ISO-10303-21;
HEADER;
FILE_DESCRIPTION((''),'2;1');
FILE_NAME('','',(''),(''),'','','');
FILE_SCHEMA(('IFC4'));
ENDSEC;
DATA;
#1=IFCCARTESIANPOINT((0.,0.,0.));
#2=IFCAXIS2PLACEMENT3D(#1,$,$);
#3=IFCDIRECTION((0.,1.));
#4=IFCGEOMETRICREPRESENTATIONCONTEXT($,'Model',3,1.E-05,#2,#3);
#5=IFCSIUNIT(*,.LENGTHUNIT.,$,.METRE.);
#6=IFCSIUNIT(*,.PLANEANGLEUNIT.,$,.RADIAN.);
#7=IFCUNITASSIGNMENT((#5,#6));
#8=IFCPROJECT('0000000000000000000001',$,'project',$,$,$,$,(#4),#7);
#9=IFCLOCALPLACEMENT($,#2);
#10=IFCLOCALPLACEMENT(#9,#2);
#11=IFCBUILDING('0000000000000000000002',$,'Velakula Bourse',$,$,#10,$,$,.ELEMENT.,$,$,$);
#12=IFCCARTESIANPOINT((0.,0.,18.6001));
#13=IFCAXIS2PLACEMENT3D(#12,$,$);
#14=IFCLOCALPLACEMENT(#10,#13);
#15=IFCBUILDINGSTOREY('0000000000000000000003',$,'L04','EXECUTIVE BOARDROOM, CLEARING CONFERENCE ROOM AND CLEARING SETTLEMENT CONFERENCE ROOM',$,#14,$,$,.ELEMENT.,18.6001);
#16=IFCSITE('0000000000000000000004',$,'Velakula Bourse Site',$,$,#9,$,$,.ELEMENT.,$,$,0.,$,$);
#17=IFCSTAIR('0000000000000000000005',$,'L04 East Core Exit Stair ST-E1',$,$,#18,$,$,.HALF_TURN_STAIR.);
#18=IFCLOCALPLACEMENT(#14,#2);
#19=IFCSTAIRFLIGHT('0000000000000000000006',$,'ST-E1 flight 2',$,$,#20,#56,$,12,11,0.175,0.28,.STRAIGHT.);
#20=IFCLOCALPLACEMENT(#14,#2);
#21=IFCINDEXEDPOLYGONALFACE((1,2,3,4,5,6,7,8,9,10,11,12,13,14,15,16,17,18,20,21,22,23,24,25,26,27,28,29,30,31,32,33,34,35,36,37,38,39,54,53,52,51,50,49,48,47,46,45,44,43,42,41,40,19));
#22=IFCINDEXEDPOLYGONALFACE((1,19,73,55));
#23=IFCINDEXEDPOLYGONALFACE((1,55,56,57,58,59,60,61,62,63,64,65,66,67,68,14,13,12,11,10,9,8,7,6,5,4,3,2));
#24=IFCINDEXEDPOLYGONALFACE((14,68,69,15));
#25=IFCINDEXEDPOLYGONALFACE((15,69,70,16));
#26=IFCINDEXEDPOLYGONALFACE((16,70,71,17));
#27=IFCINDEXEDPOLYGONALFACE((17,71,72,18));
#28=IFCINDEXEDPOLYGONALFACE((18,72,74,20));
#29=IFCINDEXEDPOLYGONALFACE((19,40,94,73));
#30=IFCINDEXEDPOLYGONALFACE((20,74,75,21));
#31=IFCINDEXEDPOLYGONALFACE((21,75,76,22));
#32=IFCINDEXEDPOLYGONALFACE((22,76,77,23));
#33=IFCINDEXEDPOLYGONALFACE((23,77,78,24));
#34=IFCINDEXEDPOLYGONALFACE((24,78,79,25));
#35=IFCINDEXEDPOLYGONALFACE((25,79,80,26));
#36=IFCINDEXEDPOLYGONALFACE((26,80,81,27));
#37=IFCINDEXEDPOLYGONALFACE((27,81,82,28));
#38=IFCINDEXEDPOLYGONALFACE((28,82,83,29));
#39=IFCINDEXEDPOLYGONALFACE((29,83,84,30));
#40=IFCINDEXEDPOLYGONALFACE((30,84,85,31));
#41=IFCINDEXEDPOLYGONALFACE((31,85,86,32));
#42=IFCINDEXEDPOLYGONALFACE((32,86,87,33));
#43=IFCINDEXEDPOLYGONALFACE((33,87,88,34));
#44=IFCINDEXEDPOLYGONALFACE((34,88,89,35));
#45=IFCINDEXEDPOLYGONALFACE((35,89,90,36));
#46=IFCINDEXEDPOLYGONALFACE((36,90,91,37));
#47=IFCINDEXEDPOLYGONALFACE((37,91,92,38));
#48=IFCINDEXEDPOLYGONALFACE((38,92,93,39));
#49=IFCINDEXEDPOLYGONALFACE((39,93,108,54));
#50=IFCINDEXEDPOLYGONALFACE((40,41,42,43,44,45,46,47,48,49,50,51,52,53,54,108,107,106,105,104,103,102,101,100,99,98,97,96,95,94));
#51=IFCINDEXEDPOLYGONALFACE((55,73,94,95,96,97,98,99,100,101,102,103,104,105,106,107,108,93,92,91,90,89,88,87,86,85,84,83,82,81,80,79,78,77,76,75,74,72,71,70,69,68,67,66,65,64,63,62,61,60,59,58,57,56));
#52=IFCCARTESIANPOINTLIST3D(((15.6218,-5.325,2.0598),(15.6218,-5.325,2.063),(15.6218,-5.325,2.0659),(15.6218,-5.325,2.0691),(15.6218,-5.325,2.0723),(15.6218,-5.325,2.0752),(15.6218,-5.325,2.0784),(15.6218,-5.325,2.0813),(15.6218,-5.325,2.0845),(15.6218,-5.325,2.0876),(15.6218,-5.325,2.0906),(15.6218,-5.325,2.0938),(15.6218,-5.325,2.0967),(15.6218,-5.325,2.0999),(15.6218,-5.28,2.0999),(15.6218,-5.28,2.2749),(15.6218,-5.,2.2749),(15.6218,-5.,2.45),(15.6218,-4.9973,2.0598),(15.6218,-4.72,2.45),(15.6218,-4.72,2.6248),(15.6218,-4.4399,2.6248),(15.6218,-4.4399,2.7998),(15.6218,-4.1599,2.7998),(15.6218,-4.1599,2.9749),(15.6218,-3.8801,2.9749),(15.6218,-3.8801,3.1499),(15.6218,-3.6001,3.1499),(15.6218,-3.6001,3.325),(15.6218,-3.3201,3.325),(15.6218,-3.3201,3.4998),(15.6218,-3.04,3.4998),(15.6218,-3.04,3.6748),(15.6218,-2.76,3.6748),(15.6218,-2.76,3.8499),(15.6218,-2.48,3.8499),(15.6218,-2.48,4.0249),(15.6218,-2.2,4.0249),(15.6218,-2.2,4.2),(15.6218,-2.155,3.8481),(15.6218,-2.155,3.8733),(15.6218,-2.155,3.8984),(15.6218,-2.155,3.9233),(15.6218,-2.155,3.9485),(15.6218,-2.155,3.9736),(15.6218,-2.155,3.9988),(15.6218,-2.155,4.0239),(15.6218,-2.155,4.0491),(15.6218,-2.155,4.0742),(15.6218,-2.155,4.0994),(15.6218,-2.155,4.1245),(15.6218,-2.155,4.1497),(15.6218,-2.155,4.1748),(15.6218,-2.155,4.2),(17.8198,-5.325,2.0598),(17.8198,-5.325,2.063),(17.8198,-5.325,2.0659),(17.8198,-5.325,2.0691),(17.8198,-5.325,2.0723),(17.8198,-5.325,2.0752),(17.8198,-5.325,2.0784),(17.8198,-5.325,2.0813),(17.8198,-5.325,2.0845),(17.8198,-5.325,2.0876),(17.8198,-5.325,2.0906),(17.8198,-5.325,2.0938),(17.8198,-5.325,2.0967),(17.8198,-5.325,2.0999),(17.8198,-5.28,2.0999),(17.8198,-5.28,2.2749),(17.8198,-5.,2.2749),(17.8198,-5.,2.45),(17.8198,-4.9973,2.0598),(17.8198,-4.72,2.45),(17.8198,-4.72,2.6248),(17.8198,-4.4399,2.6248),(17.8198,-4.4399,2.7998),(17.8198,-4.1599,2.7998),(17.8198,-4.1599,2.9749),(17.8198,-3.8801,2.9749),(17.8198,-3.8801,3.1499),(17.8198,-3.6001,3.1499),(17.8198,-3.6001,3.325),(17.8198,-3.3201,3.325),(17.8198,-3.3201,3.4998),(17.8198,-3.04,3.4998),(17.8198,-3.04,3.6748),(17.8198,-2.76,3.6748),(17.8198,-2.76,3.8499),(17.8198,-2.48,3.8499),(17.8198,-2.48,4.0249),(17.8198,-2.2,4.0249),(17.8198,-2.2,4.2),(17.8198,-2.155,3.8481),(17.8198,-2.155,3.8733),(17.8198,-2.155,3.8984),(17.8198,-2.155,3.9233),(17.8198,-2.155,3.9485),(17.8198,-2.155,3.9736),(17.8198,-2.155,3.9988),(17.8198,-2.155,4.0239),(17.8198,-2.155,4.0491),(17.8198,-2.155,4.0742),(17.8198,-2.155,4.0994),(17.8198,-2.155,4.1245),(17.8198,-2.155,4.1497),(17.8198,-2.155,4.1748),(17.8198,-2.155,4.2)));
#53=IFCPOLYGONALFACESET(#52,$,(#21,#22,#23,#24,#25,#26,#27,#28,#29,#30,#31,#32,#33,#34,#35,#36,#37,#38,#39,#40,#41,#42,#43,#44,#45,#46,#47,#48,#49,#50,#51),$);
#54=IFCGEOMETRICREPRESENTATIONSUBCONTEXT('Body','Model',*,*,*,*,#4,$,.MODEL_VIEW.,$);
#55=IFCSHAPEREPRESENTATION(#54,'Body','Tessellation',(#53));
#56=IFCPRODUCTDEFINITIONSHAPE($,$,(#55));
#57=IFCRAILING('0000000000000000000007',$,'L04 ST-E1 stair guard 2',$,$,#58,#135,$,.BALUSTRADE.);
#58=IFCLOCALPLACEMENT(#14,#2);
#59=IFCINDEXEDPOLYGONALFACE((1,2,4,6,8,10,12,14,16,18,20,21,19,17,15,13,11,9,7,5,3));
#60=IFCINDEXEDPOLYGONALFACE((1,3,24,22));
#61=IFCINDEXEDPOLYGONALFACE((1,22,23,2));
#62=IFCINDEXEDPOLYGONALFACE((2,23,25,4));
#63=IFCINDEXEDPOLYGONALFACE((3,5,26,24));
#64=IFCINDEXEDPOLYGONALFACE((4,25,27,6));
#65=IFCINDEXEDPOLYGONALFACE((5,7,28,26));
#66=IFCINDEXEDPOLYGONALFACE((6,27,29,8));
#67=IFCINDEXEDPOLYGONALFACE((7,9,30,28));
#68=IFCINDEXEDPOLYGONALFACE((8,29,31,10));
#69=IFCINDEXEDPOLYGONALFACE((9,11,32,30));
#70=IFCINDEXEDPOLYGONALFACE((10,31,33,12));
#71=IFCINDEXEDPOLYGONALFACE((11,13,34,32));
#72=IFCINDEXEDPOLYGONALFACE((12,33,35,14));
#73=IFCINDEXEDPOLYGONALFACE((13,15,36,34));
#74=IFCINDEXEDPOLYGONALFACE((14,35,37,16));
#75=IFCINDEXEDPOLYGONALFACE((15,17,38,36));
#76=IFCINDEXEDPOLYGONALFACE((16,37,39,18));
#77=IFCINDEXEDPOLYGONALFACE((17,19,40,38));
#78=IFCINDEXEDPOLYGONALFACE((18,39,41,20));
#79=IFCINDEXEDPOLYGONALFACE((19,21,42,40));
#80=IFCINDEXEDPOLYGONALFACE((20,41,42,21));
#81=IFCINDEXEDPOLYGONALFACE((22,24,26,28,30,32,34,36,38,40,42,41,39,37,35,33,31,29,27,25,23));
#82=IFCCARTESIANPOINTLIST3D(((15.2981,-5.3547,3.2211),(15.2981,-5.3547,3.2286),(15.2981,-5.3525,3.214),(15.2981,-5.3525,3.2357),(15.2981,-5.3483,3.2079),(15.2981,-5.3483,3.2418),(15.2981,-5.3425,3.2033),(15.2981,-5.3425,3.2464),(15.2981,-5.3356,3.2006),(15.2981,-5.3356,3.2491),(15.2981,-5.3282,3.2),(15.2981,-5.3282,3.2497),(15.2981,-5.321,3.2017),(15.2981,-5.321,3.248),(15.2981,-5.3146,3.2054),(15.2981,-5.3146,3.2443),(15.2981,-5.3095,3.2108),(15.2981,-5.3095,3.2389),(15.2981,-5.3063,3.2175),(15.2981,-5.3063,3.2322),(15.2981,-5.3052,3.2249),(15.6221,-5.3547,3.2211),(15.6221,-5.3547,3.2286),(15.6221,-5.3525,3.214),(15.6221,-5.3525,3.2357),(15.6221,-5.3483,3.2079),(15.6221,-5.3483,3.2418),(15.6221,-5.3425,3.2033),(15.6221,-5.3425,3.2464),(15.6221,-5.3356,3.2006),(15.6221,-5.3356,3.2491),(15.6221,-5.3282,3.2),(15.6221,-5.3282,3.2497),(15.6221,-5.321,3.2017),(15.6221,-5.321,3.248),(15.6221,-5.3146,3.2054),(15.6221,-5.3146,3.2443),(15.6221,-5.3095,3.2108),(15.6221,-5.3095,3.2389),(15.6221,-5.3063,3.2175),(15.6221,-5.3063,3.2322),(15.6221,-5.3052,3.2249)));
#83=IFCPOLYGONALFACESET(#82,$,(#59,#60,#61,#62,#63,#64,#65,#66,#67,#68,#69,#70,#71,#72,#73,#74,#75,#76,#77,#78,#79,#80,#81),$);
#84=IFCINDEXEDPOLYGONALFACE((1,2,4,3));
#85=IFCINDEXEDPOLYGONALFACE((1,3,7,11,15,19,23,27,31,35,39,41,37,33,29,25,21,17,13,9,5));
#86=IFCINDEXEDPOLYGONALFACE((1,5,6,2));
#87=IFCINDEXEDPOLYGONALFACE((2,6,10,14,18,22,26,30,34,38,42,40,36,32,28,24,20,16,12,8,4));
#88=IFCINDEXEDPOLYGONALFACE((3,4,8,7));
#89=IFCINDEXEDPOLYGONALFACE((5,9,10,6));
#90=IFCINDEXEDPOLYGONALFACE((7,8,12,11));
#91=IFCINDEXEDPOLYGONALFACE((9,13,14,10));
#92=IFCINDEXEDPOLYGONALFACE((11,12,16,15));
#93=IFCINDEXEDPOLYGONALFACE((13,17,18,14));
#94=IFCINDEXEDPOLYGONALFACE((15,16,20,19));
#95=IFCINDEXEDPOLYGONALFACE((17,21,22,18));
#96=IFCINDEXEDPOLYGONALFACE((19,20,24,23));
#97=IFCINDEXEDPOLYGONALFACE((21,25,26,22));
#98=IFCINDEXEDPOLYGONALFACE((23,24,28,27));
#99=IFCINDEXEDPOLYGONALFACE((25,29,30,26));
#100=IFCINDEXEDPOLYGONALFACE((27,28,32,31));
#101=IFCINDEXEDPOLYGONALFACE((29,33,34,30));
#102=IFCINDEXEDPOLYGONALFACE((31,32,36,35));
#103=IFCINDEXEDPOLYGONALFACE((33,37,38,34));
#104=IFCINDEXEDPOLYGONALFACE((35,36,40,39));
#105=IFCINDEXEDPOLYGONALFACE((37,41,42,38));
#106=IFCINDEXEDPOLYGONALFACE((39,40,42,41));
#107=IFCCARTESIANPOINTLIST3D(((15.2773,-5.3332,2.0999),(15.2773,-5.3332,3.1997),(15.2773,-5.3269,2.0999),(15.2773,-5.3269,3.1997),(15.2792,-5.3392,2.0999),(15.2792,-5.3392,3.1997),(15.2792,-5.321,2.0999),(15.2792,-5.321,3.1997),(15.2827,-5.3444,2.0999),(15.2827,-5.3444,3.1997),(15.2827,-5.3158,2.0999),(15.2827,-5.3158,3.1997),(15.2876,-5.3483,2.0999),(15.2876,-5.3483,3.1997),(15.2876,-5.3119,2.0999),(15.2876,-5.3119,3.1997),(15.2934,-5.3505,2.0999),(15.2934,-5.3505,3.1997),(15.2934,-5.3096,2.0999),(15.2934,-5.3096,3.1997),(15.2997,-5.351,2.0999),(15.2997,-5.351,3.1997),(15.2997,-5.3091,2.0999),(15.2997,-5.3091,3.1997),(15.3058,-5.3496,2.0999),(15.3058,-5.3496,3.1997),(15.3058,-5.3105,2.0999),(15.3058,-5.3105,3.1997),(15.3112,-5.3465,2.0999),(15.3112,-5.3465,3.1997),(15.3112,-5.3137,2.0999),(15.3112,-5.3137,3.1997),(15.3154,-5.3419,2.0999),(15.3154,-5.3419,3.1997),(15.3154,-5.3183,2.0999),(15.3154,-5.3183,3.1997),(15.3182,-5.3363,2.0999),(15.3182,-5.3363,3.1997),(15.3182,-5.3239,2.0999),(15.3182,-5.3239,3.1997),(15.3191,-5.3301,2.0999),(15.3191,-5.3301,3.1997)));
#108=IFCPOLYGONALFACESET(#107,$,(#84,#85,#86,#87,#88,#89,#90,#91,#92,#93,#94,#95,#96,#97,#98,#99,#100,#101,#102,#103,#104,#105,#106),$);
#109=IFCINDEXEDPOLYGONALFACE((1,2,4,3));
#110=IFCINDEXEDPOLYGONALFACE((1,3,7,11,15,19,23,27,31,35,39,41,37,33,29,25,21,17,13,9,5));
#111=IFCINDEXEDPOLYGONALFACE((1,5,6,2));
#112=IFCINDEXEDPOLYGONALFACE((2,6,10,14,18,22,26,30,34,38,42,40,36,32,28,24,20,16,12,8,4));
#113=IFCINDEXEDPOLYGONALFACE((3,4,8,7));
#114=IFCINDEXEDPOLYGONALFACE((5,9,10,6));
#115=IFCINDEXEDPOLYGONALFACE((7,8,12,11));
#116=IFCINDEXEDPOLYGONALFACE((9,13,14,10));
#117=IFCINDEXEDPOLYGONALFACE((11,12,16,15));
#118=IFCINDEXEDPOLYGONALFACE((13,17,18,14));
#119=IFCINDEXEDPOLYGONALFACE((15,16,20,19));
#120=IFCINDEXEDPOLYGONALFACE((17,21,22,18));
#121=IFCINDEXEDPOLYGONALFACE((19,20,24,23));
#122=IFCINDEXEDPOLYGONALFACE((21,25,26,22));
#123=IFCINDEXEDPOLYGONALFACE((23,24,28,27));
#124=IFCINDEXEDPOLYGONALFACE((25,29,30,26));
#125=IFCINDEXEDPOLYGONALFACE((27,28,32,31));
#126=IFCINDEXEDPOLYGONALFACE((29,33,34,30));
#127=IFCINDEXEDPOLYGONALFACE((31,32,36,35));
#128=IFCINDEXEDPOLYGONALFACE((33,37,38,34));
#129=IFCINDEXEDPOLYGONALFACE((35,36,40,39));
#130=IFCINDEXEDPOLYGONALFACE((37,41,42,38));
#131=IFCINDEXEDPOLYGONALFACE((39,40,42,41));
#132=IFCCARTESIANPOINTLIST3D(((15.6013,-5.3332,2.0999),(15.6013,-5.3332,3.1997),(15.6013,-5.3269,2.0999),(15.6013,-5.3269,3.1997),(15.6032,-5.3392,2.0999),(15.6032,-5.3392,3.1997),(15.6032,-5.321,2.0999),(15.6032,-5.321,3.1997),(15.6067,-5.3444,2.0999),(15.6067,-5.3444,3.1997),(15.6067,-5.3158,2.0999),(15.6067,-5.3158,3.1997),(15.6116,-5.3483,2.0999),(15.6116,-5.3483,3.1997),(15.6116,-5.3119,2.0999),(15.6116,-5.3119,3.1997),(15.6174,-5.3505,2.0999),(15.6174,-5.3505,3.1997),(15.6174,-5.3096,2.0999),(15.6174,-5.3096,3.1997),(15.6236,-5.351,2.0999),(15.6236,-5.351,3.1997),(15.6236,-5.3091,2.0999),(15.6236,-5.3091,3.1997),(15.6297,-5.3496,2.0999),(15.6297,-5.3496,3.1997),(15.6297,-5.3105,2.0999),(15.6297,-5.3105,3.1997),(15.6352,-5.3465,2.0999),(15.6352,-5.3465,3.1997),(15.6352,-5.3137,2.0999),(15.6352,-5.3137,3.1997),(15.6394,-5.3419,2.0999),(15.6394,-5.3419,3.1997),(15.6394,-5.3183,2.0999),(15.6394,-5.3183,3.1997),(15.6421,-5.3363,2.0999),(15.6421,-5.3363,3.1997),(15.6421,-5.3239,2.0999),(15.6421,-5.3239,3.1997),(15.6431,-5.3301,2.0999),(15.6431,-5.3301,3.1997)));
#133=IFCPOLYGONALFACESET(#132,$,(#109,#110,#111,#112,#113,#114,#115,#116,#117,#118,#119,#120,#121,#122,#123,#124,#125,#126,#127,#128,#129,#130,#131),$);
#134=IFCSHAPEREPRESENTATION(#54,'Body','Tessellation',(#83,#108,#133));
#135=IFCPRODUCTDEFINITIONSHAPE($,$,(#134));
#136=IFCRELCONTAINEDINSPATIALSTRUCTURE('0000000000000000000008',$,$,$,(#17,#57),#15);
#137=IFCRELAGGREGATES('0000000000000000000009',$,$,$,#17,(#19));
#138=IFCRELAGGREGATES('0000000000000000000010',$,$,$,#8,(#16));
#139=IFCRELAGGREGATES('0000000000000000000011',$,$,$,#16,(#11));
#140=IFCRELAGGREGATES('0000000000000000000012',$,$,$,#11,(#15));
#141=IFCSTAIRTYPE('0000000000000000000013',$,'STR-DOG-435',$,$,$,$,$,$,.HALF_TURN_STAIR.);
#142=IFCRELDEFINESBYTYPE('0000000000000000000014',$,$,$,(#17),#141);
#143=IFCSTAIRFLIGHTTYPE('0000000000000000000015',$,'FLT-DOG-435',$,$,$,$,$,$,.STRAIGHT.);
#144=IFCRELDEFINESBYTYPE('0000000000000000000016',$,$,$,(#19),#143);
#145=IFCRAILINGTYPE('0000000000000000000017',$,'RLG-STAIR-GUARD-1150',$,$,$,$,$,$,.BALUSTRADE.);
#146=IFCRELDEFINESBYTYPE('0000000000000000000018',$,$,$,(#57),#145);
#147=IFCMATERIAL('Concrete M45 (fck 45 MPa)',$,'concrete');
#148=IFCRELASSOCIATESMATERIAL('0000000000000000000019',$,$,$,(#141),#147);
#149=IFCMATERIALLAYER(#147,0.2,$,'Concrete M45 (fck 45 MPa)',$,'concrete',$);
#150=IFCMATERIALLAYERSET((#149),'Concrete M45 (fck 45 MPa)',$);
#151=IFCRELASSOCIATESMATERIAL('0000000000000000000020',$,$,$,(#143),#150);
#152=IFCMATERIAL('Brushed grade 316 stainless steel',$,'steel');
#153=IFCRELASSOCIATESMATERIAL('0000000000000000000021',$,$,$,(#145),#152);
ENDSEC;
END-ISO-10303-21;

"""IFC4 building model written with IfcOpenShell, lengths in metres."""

from ifc_helpers import new_model, si_unit, direction, frame, origin, origin_2d, place, context, subcontext, project, spatial, polyline, circle, outline, extrude, material, layer, layer_set, type_object, element, aggregate, save


model = new_model("IFC4")

# Units and contexts
model_context = context("Model", 3, precision=1e-05, world=origin(), true_north=direction((0.0, 1.0)))
body_context = subcontext(model_context, "Body", "Model", "MODEL_VIEW")
ifc_project = project(units=[si_unit("LENGTHUNIT", "METRE"), si_unit("PLANEANGLEUNIT", "RADIAN")], contexts=[model_context])

# Site, building, storey
site_placement = place(None, origin())
site = spatial("IfcSite", under=ifc_project, at=site_placement, Name="Velakula Bourse Site", CompositionType="ELEMENT", RefElevation=0.0)
building_placement = place(site_placement, origin())
building = spatial("IfcBuilding", under=site, at=building_placement, Name="Velakula Bourse", CompositionType="ELEMENT")
storey_placement = place(building_placement, frame((0.0, 0.0, 18.6001)))
storey = spatial("IfcBuildingStorey", under=building, at=storey_placement, Name="L04", Description="EXECUTIVE BOARDROOM, CLEARING CONFERENCE ROOM AND CLEARING SETTLEMENT CONFERENCE ROOM", CompositionType="ELEMENT", Elevation=18.6001)

# Shared definitions
ifc_material_1 = material(Name="Brushed grade 316 stainless steel", Category="steel")

# Stair, stair flight
ifc_material_2 = material(Name="Concrete M45 (fck 45 MPa)", Category="concrete")
stair_type = type_object("IfcStairType", Name="STR-DOG-435", PredefinedType="HALF_TURN_STAIR", material=ifc_material_2)
stair_placement = place(storey_placement, origin())
stair = element("IfcStair", 1, at=stair_placement, inside=storey, type_object=stair_type, Name="L04 East Core Exit Stair ST-E1", PredefinedType="HALF_TURN_STAIR")
ifc_layer_1 = layer(ifc_material_2, 0.2, Name="Concrete M45 (fck 45 MPa)", Category="concrete")
ifc_layer_set_1 = layer_set([ifc_layer_1], Name="Concrete M45 (fck 45 MPa)")
stair_flight_type = type_object("IfcStairFlightType", Name="FLT-DOG-435", PredefinedType="STRAIGHT", material=ifc_layer_set_1)
stair_flight_placement = place(storey_placement, frame((16.7209, -5.28, 2.0999), z_axis=(0.0, 0.0, 1.0), x_axis=(0.0, 1.0, 0.0)))
stair_flight = element("IfcStairFlight", 2, at=stair_flight_placement, type_object=stair_flight_type, Name="ST-E1 flight 2", NumberOfRisers=12, NumberOfTreads=11, PredefinedType="STRAIGHT", RiserHeight=0.175, TreadLength=0.28, context=body_context, shape_type="SweptSolid", body=[
    extrude(outline(polyline([(-0.0449, -0.04), (-0.0449, -0.0369), (-0.0449, -0.0339), (-0.0449, -0.0308), (-0.0449, -0.0276), (-0.0449, -0.0247), (-0.0449, -0.0215), (-0.0449, -0.0186), (-0.0449, -0.0154), (-0.0449, -0.0122), (-0.0449, -0.0093), (-0.0449, -0.0061), (-0.0449, -0.0032), (-0.0449, 0.0), (0.0, 0.0), (0.0, 0.175), (0.28, 0.175), (0.28, 0.3501), (0.5601, 0.3501), (0.5601, 0.5249), (0.8401, 0.5249), (0.8401, 0.7), (1.1201, 0.7), (1.1201, 0.875), (1.3999, 0.875), (1.3999, 1.05), (1.6799, 1.05), (1.6799, 1.2251), (1.96, 1.2251), (1.96, 1.3999), (2.24, 1.3999), (2.24, 1.575), (2.52, 1.575), (2.52, 1.75), (2.8, 1.75), (2.8, 1.925), (3.0801, 1.925), (3.0801, 2.1001), (3.125, 2.1001), (3.125, 2.075), (3.125, 2.0498), (3.125, 2.0247), (3.125, 1.9995), (3.125, 1.9744), (3.125, 1.9492), (3.125, 1.9241), (3.125, 1.8989), (3.125, 1.8738), (3.125, 1.8486), (3.125, 1.8235), (3.125, 1.7986), (3.125, 1.7734), (3.125, 1.7483), (0.2827, -0.04), (-0.0449, -0.04)])), frame((0.0, 1.0991, 0.0), z_axis=(0.0, -1.0, 0.0), x_axis=(1.0, 0.0, 0.0)), (0.0, 0.0, 1.0), 2.198),
])
aggregate(stair, [stair_flight])

# Railing
railing_type_1 = type_object("IfcRailingType", Name="RLG-STAIR-GUARD-1150", PredefinedType="BALUSTRADE", material=ifc_material_1)
railing_1_placement = place(storey_placement, frame((15.2981, -5.3301, 2.0999)))
element("IfcRailing", 3, at=railing_1_placement, inside=storey, type_object=railing_type_1, Name="L04 ST-E1 stair guard 2", PredefinedType="BALUSTRADE", context=body_context, shape_type="SweptSolid", body=[
    extrude(circle(Radius=0.0249, at=origin_2d()), frame((0.0, 0.0, 1.125), z_axis=(1.0, 0.0, 0.0), x_axis=(0.0, 1.0, 0.0)), (0.0, 0.0, 1.0), 0.324),
    extrude(circle(Radius=0.021, at=origin_2d()), origin(), (0.0, 0.0, 1.0), 1.0999),
    extrude(circle(Radius=0.021, at=origin_2d()), frame((0.324, 0.0, 0.0)), (0.0, 0.0, 1.0), 1.0999),
])

save(model, "model.ifc")
